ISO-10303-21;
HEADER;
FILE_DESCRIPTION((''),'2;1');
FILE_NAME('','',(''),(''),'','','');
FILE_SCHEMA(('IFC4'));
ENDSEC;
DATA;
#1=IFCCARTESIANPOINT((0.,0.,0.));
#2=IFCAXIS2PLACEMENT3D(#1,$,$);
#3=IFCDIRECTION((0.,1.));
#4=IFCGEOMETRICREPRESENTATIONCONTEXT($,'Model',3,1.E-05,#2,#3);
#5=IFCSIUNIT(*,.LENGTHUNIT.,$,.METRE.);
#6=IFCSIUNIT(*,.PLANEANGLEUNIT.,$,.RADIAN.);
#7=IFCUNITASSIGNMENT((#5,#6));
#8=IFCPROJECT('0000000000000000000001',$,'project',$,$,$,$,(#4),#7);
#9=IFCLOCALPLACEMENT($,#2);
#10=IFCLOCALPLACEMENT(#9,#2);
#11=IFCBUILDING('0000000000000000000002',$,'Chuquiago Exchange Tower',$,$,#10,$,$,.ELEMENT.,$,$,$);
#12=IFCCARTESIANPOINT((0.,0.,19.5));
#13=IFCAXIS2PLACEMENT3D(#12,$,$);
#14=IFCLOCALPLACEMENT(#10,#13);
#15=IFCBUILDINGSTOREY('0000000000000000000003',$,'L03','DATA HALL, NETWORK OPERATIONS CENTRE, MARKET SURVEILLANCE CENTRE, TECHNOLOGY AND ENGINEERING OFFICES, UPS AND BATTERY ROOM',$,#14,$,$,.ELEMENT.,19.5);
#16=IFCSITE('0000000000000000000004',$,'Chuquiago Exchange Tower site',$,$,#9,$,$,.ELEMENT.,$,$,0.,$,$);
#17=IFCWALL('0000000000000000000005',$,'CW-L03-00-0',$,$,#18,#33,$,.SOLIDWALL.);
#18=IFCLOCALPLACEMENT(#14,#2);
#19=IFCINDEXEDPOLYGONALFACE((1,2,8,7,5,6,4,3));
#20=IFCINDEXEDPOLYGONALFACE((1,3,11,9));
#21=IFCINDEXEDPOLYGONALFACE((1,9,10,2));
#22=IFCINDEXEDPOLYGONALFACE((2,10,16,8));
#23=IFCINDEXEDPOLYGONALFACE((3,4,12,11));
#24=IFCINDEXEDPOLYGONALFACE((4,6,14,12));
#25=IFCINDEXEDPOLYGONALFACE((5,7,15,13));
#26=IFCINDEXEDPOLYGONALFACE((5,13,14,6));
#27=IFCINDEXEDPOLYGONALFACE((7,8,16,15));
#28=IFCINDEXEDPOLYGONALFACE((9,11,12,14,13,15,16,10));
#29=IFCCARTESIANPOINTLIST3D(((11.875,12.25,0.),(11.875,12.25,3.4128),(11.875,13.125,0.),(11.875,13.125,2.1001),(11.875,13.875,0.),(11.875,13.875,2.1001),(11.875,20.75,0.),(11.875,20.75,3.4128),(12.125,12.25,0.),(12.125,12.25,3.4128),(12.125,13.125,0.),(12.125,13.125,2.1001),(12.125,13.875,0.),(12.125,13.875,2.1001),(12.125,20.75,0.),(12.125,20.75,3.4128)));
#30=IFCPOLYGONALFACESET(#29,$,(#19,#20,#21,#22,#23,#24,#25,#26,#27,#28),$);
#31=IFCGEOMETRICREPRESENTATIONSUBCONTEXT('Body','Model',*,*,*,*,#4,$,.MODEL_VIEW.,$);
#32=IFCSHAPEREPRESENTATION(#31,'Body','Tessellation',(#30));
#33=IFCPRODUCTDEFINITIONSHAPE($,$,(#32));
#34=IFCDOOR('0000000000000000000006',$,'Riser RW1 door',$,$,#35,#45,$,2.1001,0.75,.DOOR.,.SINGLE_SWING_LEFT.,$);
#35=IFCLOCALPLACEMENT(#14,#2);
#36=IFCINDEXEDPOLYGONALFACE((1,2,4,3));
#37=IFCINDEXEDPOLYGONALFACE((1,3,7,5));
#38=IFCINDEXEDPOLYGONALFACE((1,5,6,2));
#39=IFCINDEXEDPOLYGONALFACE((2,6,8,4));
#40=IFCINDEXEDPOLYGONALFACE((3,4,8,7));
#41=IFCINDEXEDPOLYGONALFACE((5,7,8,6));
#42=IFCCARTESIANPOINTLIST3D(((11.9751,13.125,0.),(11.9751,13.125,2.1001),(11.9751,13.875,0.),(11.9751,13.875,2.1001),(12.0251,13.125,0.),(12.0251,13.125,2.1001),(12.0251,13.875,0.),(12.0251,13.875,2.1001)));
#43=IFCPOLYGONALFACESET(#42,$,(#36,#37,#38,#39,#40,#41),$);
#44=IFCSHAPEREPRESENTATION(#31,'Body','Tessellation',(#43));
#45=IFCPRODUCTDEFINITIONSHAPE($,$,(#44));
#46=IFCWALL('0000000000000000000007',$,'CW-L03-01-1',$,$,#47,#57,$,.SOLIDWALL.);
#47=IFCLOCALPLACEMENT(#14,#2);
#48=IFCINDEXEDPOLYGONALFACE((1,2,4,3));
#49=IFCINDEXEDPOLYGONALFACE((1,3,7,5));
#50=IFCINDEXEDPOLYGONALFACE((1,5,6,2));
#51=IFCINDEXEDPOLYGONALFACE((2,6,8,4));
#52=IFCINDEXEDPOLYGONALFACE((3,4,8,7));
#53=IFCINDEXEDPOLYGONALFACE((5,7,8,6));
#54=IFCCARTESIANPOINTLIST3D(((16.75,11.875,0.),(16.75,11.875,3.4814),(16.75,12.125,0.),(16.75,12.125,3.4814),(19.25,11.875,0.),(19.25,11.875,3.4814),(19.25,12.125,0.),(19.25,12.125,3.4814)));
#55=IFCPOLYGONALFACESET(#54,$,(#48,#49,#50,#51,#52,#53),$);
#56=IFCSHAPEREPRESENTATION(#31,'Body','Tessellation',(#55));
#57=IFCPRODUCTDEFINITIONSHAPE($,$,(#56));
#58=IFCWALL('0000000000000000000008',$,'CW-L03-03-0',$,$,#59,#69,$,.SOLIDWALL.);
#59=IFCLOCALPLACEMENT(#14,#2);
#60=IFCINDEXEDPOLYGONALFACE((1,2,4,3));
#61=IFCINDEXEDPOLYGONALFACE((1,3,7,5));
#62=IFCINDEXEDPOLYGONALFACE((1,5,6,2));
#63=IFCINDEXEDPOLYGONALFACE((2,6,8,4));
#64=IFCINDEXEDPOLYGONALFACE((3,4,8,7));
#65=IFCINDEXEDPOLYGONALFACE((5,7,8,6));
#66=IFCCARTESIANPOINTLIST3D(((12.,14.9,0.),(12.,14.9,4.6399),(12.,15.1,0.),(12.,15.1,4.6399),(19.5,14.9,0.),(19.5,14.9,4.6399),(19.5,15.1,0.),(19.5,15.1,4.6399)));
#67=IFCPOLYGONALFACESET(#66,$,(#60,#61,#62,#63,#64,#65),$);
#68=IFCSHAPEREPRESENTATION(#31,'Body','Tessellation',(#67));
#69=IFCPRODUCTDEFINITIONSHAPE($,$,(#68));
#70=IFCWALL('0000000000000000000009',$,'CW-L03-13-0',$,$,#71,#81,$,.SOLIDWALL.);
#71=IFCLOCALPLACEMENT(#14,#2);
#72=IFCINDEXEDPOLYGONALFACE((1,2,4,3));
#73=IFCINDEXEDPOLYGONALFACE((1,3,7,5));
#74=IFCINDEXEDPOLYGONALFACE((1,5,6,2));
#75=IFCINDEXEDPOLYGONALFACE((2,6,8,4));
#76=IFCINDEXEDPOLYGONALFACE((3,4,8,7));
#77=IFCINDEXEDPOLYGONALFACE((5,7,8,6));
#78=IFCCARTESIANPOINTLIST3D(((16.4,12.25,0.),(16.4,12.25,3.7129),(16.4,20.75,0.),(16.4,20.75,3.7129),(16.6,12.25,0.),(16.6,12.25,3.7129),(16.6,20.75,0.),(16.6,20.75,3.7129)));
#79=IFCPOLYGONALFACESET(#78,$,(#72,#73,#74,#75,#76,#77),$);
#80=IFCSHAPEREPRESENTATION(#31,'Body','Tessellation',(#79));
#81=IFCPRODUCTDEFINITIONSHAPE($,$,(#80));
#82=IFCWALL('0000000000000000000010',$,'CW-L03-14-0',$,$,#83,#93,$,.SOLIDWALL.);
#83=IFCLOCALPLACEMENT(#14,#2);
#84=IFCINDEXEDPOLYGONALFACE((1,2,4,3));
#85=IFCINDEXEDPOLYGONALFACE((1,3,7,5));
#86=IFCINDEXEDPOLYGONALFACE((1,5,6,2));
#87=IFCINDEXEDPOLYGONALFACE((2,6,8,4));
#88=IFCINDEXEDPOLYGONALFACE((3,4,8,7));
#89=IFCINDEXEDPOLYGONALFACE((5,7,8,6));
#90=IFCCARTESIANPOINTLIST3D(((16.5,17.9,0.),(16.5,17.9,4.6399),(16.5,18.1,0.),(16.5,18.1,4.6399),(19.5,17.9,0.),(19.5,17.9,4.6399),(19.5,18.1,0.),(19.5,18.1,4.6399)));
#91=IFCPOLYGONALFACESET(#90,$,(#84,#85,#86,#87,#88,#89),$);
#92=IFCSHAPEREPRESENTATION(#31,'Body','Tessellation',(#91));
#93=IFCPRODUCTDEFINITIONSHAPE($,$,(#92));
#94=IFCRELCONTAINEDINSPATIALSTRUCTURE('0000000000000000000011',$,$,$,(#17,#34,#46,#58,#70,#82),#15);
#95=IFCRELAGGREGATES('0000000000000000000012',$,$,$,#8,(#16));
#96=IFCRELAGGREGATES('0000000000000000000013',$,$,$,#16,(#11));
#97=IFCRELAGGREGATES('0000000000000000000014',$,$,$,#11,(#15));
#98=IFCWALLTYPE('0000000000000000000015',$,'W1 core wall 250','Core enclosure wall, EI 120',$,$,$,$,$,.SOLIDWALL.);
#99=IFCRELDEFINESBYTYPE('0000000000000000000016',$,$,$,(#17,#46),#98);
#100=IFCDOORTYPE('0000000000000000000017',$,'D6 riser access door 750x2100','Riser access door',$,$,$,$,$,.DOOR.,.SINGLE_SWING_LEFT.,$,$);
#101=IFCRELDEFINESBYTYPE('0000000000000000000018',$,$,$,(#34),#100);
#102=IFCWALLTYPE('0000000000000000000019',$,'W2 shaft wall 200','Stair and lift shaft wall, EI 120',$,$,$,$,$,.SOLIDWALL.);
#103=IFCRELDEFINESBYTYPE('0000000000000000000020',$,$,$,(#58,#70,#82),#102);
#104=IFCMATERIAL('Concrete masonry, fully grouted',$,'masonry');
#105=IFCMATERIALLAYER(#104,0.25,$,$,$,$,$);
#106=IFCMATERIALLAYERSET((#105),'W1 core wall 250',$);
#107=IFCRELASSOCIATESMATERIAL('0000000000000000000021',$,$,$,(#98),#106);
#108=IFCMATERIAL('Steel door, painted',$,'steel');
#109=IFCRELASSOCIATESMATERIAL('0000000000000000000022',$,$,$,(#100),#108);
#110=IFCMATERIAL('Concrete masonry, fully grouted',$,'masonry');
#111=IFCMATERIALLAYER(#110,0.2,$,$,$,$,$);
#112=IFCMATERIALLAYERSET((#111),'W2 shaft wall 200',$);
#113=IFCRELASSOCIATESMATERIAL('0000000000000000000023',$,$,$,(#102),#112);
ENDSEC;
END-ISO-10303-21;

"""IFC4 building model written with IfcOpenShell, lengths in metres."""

from ifc_helpers import new_model, si_unit, direction, frame, frame_2d, origin, place, context, subcontext, project, spatial, rectangle, extrude, material, layer, layer_set, type_object, element, fill, save


model = new_model("IFC4")

# Units and contexts
model_context = context("Model", 3, precision=1e-05, world=origin(), true_north=direction((0.0, 1.0)))
body_context = subcontext(model_context, "Body", "Model", "MODEL_VIEW")
ifc_project = project(units=[si_unit("LENGTHUNIT", "METRE"), si_unit("PLANEANGLEUNIT", "RADIAN")], contexts=[model_context])

# Site, building, storey
site_placement = place(None, origin())
site = spatial("IfcSite", under=ifc_project, at=site_placement, Name="Chuquiago Exchange Tower site", CompositionType="ELEMENT", RefElevation=0.0)
building_placement = place(site_placement, origin())
building = spatial("IfcBuilding", under=site, at=building_placement, Name="Chuquiago Exchange Tower", CompositionType="ELEMENT")
storey_placement = place(building_placement, frame((0.0, 0.0, 19.5)))
storey = spatial("IfcBuildingStorey", under=building, at=storey_placement, Name="L03", Description="DATA HALL, NETWORK OPERATIONS CENTRE, MARKET SURVEILLANCE CENTRE, TECHNOLOGY AND ENGINEERING OFFICES, UPS AND BATTERY ROOM", CompositionType="ELEMENT", Elevation=19.5)

# Wall, opening, door
ifc_material_1 = material(Name="Concrete masonry, fully grouted", Category="masonry")
ifc_layer_1 = layer(ifc_material_1, 0.25)
ifc_layer_set_1 = layer_set([ifc_layer_1], Name="W1 core wall 250")
wall_type_1 = type_object("IfcWallType", Name="W1 core wall 250", Description="Core enclosure wall, EI 120", PredefinedType="SOLIDWALL", material=ifc_layer_set_1)
wall_1_placement = place(storey_placement, frame((12.0, 12.25, 0.0), z_axis=(0.0, 0.0, 1.0), x_axis=(0.0, 1.0, 0.0)))
wall_1 = element("IfcWall", 1, at=wall_1_placement, inside=storey, type_object=wall_type_1, Name="CW-L03-00-0", PredefinedType="SOLIDWALL", context=body_context, shape_type="SweptSolid", body=[
    extrude(rectangle(XDim=8.5, YDim=0.25, at=frame_2d((4.25, 0.0))), origin(), (0.0, 0.0, 1.0), 3.4128),
])
opening_placement = place(wall_1_placement, frame((0.875, 0.0, 0.0)))
opening = element("IfcOpeningElement", 2, at=opening_placement, cuts=wall_1, PredefinedType="OPENING", context=body_context, shape_type="SweptSolid", body=[
    extrude(rectangle(XDim=0.75, YDim=2.1001, at=frame_2d((0.375, 1.05))), frame((0.0, 0.135, 0.0), z_axis=(0.0, -1.0, 0.0), x_axis=(1.0, 0.0, 0.0)), (0.0, 0.0, 1.0), 0.27),
])
ifc_material_2 = material(Name="Steel door, painted", Category="steel")
door_type = type_object("IfcDoorType", Name="D6 riser access door 750x2100", Description="Riser access door", OperationType="SINGLE_SWING_LEFT", PredefinedType="DOOR", material=ifc_material_2)
door_placement = place(opening_placement, origin())
door = element("IfcDoor", 3, at=door_placement, inside=storey, type_object=door_type, Name="Riser RW1 door", OperationType="SINGLE_SWING_LEFT", OverallHeight=2.1001, OverallWidth=0.75, PredefinedType="DOOR", context=body_context, shape_type="SweptSolid", body=[
    extrude(rectangle(XDim=0.75, YDim=2.1001, at=frame_2d((0.375, 1.05))), frame((0.0, 0.0249, 0.0), z_axis=(0.0, -1.0, 0.0), x_axis=(1.0, 0.0, 0.0)), (0.0, 0.0, 1.0), 0.05),
])
fill(opening, door)

# Walls
wall_2_placement = place(storey_placement, frame((16.75, 12.0, 0.0), z_axis=(0.0, 0.0, 1.0), x_axis=(1.0, 0.0, 0.0)))
element("IfcWall", 4, at=wall_2_placement, inside=storey, type_object=wall_type_1, Name="CW-L03-01-1", PredefinedType="SOLIDWALL", context=body_context, shape_type="SweptSolid", body=[
    extrude(rectangle(XDim=2.5, YDim=0.25, at=frame_2d((1.25, 0.0))), origin(), (0.0, 0.0, 1.0), 3.4814),
])
ifc_material_3 = material(Name="Concrete masonry, fully grouted", Category="masonry")
ifc_layer_2 = layer(ifc_material_3, 0.2)
ifc_layer_set_2 = layer_set([ifc_layer_2], Name="W2 shaft wall 200")
wall_type_2 = type_object("IfcWallType", Name="W2 shaft wall 200", Description="Stair and lift shaft wall, EI 120", PredefinedType="SOLIDWALL", material=ifc_layer_set_2)
wall_3_placement = place(storey_placement, frame((12.0, 15.0, 0.0), z_axis=(0.0, 0.0, 1.0), x_axis=(1.0, 0.0, 0.0)))
element("IfcWall", 5, at=wall_3_placement, inside=storey, type_object=wall_type_2, Name="CW-L03-03-0", PredefinedType="SOLIDWALL", context=body_context, shape_type="SweptSolid", body=[
    extrude(rectangle(XDim=7.5, YDim=0.2, at=frame_2d((3.75, 0.0))), origin(), (0.0, 0.0, 1.0), 4.6399),
])
wall_4_placement = place(storey_placement, frame((16.5, 12.25, 0.0), z_axis=(0.0, 0.0, 1.0), x_axis=(0.0, 1.0, 0.0)))
element("IfcWall", 6, at=wall_4_placement, inside=storey, type_object=wall_type_2, Name="CW-L03-13-0", PredefinedType="SOLIDWALL", context=body_context, shape_type="SweptSolid", body=[
    extrude(rectangle(XDim=8.5, YDim=0.2, at=frame_2d((4.25, 0.0))), origin(), (0.0, 0.0, 1.0), 3.7129),
])
wall_5_placement = place(storey_placement, frame((16.5, 18.0, 0.0), z_axis=(0.0, 0.0, 1.0), x_axis=(1.0, 0.0, 0.0)))
element("IfcWall", 7, at=wall_5_placement, inside=storey, type_object=wall_type_2, Name="CW-L03-14-0", PredefinedType="SOLIDWALL", context=body_context, shape_type="SweptSolid", body=[
    extrude(rectangle(XDim=3.0, YDim=0.2, at=frame_2d((1.5, 0.0))), origin(), (0.0, 0.0, 1.0), 4.6399),
])

save(model, "model.ifc")
